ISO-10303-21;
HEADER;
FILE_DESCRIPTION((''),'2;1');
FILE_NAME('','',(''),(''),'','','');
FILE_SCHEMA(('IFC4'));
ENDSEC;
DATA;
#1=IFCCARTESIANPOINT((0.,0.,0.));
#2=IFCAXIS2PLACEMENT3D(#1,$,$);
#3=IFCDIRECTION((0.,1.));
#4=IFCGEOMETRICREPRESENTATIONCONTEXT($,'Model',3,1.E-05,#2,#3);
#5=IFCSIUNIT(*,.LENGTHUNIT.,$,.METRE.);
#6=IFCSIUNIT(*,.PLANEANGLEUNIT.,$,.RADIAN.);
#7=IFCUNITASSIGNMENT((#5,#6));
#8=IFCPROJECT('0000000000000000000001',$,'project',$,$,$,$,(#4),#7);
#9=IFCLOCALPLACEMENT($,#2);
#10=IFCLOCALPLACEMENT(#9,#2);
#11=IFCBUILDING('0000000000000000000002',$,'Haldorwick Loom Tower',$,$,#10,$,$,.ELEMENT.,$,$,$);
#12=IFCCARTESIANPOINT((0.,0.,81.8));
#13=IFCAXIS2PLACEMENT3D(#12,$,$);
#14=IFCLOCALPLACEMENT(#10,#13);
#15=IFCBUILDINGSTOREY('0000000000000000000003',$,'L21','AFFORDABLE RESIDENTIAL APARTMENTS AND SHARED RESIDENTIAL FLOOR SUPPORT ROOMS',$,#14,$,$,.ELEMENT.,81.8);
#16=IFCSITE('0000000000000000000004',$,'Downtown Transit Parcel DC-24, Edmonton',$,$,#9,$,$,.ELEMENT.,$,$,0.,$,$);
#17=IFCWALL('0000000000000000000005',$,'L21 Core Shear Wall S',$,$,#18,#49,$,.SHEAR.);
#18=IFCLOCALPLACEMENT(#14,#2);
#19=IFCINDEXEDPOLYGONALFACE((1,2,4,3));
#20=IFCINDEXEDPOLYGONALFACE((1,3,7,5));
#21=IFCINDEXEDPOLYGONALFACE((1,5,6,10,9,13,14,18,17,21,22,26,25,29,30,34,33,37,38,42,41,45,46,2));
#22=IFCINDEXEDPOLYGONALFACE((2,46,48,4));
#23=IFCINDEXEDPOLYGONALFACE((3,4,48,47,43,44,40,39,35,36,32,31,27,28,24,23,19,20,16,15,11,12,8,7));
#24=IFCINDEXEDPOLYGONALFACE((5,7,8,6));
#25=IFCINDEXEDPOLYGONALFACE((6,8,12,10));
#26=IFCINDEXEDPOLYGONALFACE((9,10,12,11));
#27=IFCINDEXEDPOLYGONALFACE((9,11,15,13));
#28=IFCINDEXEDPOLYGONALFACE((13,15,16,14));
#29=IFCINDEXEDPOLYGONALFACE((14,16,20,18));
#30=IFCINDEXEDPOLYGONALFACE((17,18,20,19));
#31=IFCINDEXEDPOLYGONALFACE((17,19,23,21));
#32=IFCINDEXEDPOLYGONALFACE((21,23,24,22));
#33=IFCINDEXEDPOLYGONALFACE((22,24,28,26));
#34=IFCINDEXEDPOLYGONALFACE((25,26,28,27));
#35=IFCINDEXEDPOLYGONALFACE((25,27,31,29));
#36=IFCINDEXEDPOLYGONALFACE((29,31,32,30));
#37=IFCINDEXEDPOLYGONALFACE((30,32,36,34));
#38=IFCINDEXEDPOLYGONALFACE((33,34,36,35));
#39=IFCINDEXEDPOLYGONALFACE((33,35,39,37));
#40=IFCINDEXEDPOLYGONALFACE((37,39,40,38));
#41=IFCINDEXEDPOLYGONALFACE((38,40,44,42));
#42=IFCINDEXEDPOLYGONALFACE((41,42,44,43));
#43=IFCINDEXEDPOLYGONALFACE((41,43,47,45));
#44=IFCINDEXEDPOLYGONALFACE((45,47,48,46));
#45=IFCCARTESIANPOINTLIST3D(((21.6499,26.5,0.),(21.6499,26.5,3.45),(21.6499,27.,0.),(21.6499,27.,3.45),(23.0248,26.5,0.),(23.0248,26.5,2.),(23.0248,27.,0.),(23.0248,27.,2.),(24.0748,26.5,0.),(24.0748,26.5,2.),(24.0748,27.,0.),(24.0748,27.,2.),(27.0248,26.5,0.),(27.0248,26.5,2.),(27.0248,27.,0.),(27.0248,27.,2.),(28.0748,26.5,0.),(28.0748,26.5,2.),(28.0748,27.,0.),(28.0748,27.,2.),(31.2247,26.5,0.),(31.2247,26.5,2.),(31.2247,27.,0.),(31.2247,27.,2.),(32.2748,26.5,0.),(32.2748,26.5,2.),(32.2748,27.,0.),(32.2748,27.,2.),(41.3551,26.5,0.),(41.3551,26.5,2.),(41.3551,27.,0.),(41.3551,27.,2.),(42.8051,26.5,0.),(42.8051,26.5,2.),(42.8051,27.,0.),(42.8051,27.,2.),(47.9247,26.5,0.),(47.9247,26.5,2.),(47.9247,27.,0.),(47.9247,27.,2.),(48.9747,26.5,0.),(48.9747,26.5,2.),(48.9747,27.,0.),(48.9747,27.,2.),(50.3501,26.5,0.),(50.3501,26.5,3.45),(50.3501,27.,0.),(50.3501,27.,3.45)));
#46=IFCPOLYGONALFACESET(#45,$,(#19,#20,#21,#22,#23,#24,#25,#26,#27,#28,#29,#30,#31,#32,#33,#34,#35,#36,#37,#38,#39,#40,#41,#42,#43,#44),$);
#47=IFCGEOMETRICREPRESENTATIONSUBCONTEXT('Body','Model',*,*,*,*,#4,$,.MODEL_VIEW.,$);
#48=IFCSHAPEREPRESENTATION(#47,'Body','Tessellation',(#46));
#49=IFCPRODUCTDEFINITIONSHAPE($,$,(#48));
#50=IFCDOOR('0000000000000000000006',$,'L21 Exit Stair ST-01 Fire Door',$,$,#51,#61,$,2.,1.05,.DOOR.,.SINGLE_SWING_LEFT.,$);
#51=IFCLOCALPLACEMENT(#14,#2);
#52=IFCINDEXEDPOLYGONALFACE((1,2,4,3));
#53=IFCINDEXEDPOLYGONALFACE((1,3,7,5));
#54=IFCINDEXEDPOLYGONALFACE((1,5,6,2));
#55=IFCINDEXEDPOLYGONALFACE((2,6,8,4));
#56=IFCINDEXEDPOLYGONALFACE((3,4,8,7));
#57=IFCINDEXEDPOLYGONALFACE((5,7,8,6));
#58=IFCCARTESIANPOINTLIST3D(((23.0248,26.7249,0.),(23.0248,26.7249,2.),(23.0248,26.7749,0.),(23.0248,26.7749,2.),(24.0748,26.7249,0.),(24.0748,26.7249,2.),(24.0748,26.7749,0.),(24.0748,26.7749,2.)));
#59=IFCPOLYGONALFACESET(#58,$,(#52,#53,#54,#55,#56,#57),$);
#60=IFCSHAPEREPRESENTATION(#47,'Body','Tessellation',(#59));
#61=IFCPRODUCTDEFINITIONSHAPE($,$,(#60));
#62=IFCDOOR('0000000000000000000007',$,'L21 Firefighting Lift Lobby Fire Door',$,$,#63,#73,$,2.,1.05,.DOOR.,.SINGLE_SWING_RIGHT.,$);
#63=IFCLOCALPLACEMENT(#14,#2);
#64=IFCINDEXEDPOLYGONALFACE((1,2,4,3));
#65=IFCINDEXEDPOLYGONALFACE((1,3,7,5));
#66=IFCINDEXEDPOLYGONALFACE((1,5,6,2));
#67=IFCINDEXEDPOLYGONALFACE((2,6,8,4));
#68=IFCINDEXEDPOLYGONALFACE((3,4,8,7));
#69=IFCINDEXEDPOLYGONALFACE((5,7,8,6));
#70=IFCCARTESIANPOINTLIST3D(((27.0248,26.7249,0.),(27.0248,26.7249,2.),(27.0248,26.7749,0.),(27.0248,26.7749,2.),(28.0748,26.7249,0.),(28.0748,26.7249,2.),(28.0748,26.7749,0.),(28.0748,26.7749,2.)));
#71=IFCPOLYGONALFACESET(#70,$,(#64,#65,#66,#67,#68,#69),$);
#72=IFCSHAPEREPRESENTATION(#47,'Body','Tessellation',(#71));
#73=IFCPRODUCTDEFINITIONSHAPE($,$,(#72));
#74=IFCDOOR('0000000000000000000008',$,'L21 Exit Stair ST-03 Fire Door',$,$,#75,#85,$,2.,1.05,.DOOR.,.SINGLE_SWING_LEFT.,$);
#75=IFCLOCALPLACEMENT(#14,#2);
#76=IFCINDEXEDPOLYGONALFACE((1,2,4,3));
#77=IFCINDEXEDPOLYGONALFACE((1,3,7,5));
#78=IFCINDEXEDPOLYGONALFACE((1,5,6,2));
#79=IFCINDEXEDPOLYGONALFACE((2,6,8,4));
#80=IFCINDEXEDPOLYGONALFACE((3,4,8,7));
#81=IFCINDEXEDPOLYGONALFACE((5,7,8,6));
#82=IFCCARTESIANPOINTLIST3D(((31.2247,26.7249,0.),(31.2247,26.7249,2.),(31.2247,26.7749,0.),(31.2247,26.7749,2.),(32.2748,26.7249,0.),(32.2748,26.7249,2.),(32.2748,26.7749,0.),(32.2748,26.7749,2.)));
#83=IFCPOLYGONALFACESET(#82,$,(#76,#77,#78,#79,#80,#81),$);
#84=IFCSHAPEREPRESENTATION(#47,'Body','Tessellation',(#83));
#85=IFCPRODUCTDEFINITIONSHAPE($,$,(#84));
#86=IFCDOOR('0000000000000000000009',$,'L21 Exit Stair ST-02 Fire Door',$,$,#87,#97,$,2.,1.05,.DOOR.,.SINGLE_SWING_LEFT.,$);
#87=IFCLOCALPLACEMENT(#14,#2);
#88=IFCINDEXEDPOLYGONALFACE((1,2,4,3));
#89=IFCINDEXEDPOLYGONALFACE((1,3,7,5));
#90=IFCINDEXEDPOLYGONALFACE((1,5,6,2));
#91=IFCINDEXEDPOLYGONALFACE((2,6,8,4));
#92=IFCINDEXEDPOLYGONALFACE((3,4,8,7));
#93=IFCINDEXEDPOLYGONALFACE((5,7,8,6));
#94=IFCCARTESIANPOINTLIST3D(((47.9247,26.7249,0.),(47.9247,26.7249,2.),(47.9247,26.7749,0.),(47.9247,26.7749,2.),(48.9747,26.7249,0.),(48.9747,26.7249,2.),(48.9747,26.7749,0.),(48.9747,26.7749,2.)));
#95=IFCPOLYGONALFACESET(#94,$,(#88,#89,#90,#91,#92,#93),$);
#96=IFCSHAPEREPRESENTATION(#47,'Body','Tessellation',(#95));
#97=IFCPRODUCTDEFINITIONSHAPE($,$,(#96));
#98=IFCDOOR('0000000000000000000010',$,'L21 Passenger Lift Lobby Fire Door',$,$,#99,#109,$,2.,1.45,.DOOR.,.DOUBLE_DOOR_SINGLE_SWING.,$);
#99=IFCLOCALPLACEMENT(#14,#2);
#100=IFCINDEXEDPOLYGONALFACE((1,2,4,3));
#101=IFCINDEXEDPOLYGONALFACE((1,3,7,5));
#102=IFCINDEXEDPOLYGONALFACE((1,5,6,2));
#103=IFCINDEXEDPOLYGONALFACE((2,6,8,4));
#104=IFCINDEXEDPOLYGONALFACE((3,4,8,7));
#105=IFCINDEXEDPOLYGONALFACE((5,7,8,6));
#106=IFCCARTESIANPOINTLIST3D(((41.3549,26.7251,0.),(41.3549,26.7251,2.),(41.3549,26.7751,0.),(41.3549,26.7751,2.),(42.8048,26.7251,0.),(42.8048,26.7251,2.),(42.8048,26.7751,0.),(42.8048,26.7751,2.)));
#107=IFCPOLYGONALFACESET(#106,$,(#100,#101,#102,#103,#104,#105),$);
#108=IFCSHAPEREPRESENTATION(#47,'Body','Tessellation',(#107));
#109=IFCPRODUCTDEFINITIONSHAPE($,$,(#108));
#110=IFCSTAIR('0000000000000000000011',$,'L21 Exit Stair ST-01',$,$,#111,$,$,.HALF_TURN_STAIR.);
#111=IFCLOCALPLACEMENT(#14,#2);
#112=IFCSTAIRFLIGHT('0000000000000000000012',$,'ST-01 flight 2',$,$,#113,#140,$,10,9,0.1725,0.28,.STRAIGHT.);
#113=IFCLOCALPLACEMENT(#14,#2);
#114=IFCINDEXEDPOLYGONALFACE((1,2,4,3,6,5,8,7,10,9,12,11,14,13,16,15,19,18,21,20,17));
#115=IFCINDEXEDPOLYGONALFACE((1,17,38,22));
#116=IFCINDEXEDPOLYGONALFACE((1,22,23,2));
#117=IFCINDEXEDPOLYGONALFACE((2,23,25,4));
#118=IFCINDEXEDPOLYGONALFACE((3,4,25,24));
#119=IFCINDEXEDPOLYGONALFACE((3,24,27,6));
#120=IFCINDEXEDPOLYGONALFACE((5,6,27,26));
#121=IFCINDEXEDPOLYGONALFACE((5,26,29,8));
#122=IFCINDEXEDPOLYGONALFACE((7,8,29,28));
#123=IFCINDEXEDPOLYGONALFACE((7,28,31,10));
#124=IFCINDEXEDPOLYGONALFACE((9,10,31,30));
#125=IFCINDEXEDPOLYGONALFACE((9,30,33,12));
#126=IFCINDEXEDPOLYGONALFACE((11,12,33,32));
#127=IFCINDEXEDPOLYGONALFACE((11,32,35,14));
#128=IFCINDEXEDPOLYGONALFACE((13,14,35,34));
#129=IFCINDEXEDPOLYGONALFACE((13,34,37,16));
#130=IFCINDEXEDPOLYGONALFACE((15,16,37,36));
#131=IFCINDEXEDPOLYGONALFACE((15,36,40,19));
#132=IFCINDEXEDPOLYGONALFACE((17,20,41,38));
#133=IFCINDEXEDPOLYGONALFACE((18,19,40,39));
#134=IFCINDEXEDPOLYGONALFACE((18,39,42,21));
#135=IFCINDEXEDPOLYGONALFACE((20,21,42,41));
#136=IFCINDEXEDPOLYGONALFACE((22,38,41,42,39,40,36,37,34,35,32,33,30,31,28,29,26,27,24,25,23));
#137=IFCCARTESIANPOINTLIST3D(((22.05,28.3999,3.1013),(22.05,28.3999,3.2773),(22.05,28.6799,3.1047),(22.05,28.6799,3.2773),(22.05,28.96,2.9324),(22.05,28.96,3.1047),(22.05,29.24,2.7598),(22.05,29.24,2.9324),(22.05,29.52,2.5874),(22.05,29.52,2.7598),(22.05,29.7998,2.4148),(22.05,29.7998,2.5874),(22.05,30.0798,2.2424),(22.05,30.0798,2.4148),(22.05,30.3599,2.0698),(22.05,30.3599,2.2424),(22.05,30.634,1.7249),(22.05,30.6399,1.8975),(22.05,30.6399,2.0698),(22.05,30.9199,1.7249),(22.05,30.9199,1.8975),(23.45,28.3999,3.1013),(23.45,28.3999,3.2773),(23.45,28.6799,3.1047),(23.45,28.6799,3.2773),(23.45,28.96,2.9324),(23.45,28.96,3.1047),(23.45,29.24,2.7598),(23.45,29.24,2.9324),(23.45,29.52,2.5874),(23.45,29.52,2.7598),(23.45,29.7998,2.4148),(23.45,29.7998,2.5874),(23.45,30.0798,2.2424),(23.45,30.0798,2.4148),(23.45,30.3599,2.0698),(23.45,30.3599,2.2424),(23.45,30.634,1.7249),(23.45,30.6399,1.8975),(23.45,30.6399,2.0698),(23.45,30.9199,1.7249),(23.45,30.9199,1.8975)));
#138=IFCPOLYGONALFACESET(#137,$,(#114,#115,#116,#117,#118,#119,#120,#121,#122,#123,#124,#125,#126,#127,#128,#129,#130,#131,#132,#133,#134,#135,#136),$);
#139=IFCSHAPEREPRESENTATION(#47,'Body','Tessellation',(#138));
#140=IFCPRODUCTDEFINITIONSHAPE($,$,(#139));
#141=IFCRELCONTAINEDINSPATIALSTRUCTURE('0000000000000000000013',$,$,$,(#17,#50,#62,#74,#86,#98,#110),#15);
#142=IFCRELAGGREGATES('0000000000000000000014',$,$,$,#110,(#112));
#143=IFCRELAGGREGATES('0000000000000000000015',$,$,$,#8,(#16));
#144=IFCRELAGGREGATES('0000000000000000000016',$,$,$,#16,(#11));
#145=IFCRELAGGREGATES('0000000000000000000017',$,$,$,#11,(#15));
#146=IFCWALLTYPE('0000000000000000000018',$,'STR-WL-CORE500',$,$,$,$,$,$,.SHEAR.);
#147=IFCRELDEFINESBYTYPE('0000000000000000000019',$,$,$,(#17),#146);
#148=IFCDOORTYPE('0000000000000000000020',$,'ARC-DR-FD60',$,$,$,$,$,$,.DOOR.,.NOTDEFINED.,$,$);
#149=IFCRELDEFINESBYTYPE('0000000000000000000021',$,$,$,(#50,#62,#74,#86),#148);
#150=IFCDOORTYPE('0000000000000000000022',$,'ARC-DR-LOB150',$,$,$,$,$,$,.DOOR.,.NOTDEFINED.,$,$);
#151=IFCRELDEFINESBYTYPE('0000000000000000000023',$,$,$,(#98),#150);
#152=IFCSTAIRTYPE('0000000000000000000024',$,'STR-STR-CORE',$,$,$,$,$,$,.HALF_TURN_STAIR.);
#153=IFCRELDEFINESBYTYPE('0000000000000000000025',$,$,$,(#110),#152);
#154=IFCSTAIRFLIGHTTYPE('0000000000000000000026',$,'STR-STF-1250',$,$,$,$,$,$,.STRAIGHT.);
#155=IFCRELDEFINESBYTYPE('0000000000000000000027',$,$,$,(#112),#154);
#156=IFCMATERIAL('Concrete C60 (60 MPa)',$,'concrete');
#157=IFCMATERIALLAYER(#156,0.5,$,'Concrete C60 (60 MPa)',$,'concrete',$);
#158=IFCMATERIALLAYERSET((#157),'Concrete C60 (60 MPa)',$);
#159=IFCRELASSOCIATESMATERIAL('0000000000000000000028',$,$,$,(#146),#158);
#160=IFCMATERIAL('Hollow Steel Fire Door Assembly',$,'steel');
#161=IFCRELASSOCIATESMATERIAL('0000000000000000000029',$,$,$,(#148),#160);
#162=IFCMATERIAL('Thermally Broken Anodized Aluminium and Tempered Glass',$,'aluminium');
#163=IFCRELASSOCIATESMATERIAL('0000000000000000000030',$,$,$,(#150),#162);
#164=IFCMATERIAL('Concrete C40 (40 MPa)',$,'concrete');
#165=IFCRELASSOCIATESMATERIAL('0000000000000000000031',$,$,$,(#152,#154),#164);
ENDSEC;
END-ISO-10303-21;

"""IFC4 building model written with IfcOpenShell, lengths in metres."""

from ifc_helpers import new_model, si_unit, direction, frame, frame_2d, origin, place, context, subcontext, project, spatial, polyline, rectangle, outline, extrude, material, layer, layer_set, type_object, element, fill, aggregate, save


model = new_model("IFC4")

# Units and contexts
model_context = context("Model", 3, precision=1e-05, world=origin(), true_north=direction((0.0, 1.0)))
body_context = subcontext(model_context, "Body", "Model", "MODEL_VIEW")
ifc_project = project(units=[si_unit("LENGTHUNIT", "METRE"), si_unit("PLANEANGLEUNIT", "RADIAN")], contexts=[model_context])

# Site, building, storey
site_placement = place(None, origin())
site = spatial("IfcSite", under=ifc_project, at=site_placement, Name="Downtown Transit Parcel DC-24, Edmonton", CompositionType="ELEMENT", RefElevation=0.0)
building_placement = place(site_placement, origin())
building = spatial("IfcBuilding", under=site, at=building_placement, Name="Haldorwick Loom Tower", CompositionType="ELEMENT")
storey_placement = place(building_placement, frame((0.0, 0.0, 81.8)))
storey = spatial("IfcBuildingStorey", under=building, at=storey_placement, Name="L21", Description="AFFORDABLE RESIDENTIAL APARTMENTS AND SHARED RESIDENTIAL FLOOR SUPPORT ROOMS", CompositionType="ELEMENT", Elevation=81.8)

# Shared definitions
ifc_material_1 = material(Name="Concrete C60 (60 MPa)", Category="concrete")

# Wall, openings, doors
ifc_layer_1 = layer(ifc_material_1, 0.5, Name="Concrete C60 (60 MPa)", Category="concrete")
ifc_layer_set_1 = layer_set([ifc_layer_1], Name="Concrete C60 (60 MPa)")
wall_type_1 = type_object("IfcWallType", Name="STR-WL-CORE500", PredefinedType="SHEAR", material=ifc_layer_set_1)
wall_1_placement = place(storey_placement, frame((21.6499, 26.75, 0.0), z_axis=(0.0, 0.0, 1.0), x_axis=(1.0, 0.0, 0.0)))
wall_1 = element("IfcWall", 1, at=wall_1_placement, inside=storey, type_object=wall_type_1, Name="L21 Core Shear Wall S", PredefinedType="SHEAR", context=body_context, shape_type="SweptSolid", body=[
    extrude(rectangle(XDim=28.7002, YDim=0.5, at=frame_2d((14.3501, 0.0))), origin(), (0.0, 0.0, 1.0), 3.45),
])
opening_1_placement = place(wall_1_placement, frame((1.375, 0.0, 0.0)))
opening_1 = element("IfcOpeningElement", 2, at=opening_1_placement, cuts=wall_1, PredefinedType="OPENING", context=body_context, shape_type="SweptSolid", body=[
    extrude(rectangle(XDim=1.05, YDim=2.0, at=frame_2d((0.5249, 1.0))), frame((0.0, 0.26, 0.0), z_axis=(0.0, -1.0, 0.0), x_axis=(1.0, 0.0, 0.0)), (0.0, 0.0, 1.0), 0.52),
])
opening_2_placement = place(wall_1_placement, frame((5.375, 0.0, 0.0)))
opening_2 = element("IfcOpeningElement", 3, at=opening_2_placement, cuts=wall_1, PredefinedType="OPENING", context=body_context, shape_type="SweptSolid", body=[
    extrude(rectangle(XDim=1.05, YDim=2.0, at=frame_2d((0.5249, 1.0))), frame((0.0, 0.26, 0.0), z_axis=(0.0, -1.0, 0.0), x_axis=(1.0, 0.0, 0.0)), (0.0, 0.0, 1.0), 0.52),
])
opening_3_placement = place(wall_1_placement, frame((9.575, 0.0, 0.0)))
opening_3 = element("IfcOpeningElement", 4, at=opening_3_placement, cuts=wall_1, PredefinedType="OPENING", context=body_context, shape_type="SweptSolid", body=[
    extrude(rectangle(XDim=1.05, YDim=2.0, at=frame_2d((0.5249, 1.0))), frame((0.0, 0.26, 0.0), z_axis=(0.0, -1.0, 0.0), x_axis=(1.0, 0.0, 0.0)), (0.0, 0.0, 1.0), 0.52),
])
opening_4_placement = place(wall_1_placement, frame((19.7051, 0.0, 0.0)))
opening_4 = element("IfcOpeningElement", 5, at=opening_4_placement, cuts=wall_1, PredefinedType="OPENING", context=body_context, shape_type="SweptSolid", body=[
    extrude(rectangle(XDim=1.45, YDim=2.0, at=frame_2d((0.7251, 1.0))), frame((0.0, 0.26, 0.0), z_axis=(0.0, -1.0, 0.0), x_axis=(1.0, 0.0, 0.0)), (0.0, 0.0, 1.0), 0.52),
])
opening_5_placement = place(wall_1_placement, frame((26.2749, 0.0, 0.0)))
opening_5 = element("IfcOpeningElement", 6, at=opening_5_placement, cuts=wall_1, PredefinedType="OPENING", context=body_context, shape_type="SweptSolid", body=[
    extrude(rectangle(XDim=1.05, YDim=2.0, at=frame_2d((0.5249, 1.0))), frame((0.0, 0.26, 0.0), z_axis=(0.0, -1.0, 0.0), x_axis=(1.0, 0.0, 0.0)), (0.0, 0.0, 1.0), 0.52),
])
ifc_material_2 = material(Name="Hollow Steel Fire Door Assembly", Category="steel")
door_type_1 = type_object("IfcDoorType", Name="ARC-DR-FD60", OperationType="NOTDEFINED", PredefinedType="DOOR", material=ifc_material_2)
door_1_placement = place(opening_1_placement, origin())
door_1 = element("IfcDoor", 7, at=door_1_placement, inside=storey, type_object=door_type_1, Name="L21 Exit Stair ST-01 Fire Door", OperationType="SINGLE_SWING_LEFT", OverallHeight=2.0, OverallWidth=1.05, PredefinedType="DOOR", context=body_context, shape_type="SweptSolid", body=[
    extrude(rectangle(XDim=1.05, YDim=2.0, at=frame_2d((0.5249, 1.0))), frame((0.0, 0.0249, 0.0), z_axis=(0.0, -1.0, 0.0), x_axis=(1.0, 0.0, 0.0)), (0.0, 0.0, 1.0), 0.05),
])
fill(opening_1, door_1)
door_2_placement = place(opening_2_placement, origin())
door_2 = element("IfcDoor", 8, at=door_2_placement, inside=storey, type_object=door_type_1, Name="L21 Firefighting Lift Lobby Fire Door", OperationType="SINGLE_SWING_RIGHT", OverallHeight=2.0, OverallWidth=1.05, PredefinedType="DOOR", context=body_context, shape_type="SweptSolid", body=[
    extrude(rectangle(XDim=1.05, YDim=2.0, at=frame_2d((0.5249, 1.0))), frame((0.0, 0.0249, 0.0), z_axis=(0.0, -1.0, 0.0), x_axis=(1.0, 0.0, 0.0)), (0.0, 0.0, 1.0), 0.05),
])
fill(opening_2, door_2)
door_3_placement = place(opening_3_placement, origin())
door_3 = element("IfcDoor", 9, at=door_3_placement, inside=storey, type_object=door_type_1, Name="L21 Exit Stair ST-03 Fire Door", OperationType="SINGLE_SWING_LEFT", OverallHeight=2.0, OverallWidth=1.05, PredefinedType="DOOR", context=body_context, shape_type="SweptSolid", body=[
    extrude(rectangle(XDim=1.05, YDim=2.0, at=frame_2d((0.5249, 1.0))), frame((0.0, 0.0249, 0.0), z_axis=(0.0, -1.0, 0.0), x_axis=(1.0, 0.0, 0.0)), (0.0, 0.0, 1.0), 0.05),
])
fill(opening_3, door_3)
door_4_placement = place(opening_5_placement, origin())
door_4 = element("IfcDoor", 10, at=door_4_placement, inside=storey, type_object=door_type_1, Name="L21 Exit Stair ST-02 Fire Door", OperationType="SINGLE_SWING_LEFT", OverallHeight=2.0, OverallWidth=1.05, PredefinedType="DOOR", context=body_context, shape_type="SweptSolid", body=[
    extrude(rectangle(XDim=1.05, YDim=2.0, at=frame_2d((0.5249, 1.0))), frame((0.0, 0.0249, 0.0), z_axis=(0.0, -1.0, 0.0), x_axis=(1.0, 0.0, 0.0)), (0.0, 0.0, 1.0), 0.05),
])
fill(opening_5, door_4)
ifc_material_3 = material(Name="Thermally Broken Anodized Aluminium and Tempered Glass", Category="aluminium")
door_type_2 = type_object("IfcDoorType", Name="ARC-DR-LOB150", OperationType="NOTDEFINED", PredefinedType="DOOR", material=ifc_material_3)
door_5_placement = place(opening_4_placement, frame((1.45, 0.0, 0.0), z_axis=(0.0, 0.0, 1.0), x_axis=(-1.0, 0.0, 0.0)))
door_5 = element("IfcDoor", 11, at=door_5_placement, inside=storey, type_object=door_type_2, Name="L21 Passenger Lift Lobby Fire Door", OperationType="DOUBLE_DOOR_SINGLE_SWING", OverallHeight=2.0, OverallWidth=1.45, PredefinedType="DOOR", context=body_context, shape_type="SweptSolid", body=[
    extrude(rectangle(XDim=1.45, YDim=2.0, at=frame_2d((0.7251, 1.0))), frame((0.0, 0.0249, 0.0), z_axis=(0.0, -1.0, 0.0), x_axis=(1.0, 0.0, 0.0)), (0.0, 0.0, 1.0), 0.05),
])
fill(opening_4, door_5)

# Stair, stair flight
ifc_material_4 = material(Name="Concrete C40 (40 MPa)", Category="concrete")
stair_type = type_object("IfcStairType", Name="STR-STR-CORE", PredefinedType="HALF_TURN_STAIR", material=ifc_material_4)
stair_placement = place(storey_placement, origin())
stair = element("IfcStair", 12, at=stair_placement, inside=storey, type_object=stair_type, Name="L21 Exit Stair ST-01", PredefinedType="HALF_TURN_STAIR")
stair_flight_type = type_object("IfcStairFlightType", Name="STR-STF-1250", PredefinedType="STRAIGHT", material=ifc_material_4)
stair_flight_placement = place(storey_placement, frame((22.75, 30.9199, 1.7249), z_axis=(0.0, 0.0, 1.0), x_axis=(0.0, -1.0, 0.0)))
stair_flight = element("IfcStairFlight", 13, at=stair_flight_placement, type_object=stair_flight_type, Name="ST-01 flight 2", NumberOfRisers=10, NumberOfTreads=9, PredefinedType="STRAIGHT", RiserHeight=0.1725, TreadLength=0.28, context=body_context, shape_type="SweptSolid", body=[
    extrude(outline(polyline([(0.0, 0.0), (0.0, 0.1726), (0.28, 0.1726), (0.28, 0.345), (0.5601, 0.345), (0.5601, 0.5176), (0.8401, 0.5176), (0.8401, 0.6899), (1.1201, 0.6899), (1.1201, 0.8625), (1.3999, 0.8625), (1.3999, 1.0349), (1.6799, 1.0349), (1.6799, 1.2075), (1.96, 1.2075), (1.96, 1.3799), (2.24, 1.3799), (2.24, 1.5525), (2.52, 1.5525), (2.52, 1.7251), (2.52, 1.3765), (0.2859, 0.0), (0.0, 0.0)])), frame((0.0, 0.7, 0.0), z_axis=(0.0, -1.0, 0.0), x_axis=(1.0, 0.0, 0.0)), (0.0, 0.0, 1.0), 1.3999),
])
aggregate(stair, [stair_flight])

save(model, "model.ifc")
